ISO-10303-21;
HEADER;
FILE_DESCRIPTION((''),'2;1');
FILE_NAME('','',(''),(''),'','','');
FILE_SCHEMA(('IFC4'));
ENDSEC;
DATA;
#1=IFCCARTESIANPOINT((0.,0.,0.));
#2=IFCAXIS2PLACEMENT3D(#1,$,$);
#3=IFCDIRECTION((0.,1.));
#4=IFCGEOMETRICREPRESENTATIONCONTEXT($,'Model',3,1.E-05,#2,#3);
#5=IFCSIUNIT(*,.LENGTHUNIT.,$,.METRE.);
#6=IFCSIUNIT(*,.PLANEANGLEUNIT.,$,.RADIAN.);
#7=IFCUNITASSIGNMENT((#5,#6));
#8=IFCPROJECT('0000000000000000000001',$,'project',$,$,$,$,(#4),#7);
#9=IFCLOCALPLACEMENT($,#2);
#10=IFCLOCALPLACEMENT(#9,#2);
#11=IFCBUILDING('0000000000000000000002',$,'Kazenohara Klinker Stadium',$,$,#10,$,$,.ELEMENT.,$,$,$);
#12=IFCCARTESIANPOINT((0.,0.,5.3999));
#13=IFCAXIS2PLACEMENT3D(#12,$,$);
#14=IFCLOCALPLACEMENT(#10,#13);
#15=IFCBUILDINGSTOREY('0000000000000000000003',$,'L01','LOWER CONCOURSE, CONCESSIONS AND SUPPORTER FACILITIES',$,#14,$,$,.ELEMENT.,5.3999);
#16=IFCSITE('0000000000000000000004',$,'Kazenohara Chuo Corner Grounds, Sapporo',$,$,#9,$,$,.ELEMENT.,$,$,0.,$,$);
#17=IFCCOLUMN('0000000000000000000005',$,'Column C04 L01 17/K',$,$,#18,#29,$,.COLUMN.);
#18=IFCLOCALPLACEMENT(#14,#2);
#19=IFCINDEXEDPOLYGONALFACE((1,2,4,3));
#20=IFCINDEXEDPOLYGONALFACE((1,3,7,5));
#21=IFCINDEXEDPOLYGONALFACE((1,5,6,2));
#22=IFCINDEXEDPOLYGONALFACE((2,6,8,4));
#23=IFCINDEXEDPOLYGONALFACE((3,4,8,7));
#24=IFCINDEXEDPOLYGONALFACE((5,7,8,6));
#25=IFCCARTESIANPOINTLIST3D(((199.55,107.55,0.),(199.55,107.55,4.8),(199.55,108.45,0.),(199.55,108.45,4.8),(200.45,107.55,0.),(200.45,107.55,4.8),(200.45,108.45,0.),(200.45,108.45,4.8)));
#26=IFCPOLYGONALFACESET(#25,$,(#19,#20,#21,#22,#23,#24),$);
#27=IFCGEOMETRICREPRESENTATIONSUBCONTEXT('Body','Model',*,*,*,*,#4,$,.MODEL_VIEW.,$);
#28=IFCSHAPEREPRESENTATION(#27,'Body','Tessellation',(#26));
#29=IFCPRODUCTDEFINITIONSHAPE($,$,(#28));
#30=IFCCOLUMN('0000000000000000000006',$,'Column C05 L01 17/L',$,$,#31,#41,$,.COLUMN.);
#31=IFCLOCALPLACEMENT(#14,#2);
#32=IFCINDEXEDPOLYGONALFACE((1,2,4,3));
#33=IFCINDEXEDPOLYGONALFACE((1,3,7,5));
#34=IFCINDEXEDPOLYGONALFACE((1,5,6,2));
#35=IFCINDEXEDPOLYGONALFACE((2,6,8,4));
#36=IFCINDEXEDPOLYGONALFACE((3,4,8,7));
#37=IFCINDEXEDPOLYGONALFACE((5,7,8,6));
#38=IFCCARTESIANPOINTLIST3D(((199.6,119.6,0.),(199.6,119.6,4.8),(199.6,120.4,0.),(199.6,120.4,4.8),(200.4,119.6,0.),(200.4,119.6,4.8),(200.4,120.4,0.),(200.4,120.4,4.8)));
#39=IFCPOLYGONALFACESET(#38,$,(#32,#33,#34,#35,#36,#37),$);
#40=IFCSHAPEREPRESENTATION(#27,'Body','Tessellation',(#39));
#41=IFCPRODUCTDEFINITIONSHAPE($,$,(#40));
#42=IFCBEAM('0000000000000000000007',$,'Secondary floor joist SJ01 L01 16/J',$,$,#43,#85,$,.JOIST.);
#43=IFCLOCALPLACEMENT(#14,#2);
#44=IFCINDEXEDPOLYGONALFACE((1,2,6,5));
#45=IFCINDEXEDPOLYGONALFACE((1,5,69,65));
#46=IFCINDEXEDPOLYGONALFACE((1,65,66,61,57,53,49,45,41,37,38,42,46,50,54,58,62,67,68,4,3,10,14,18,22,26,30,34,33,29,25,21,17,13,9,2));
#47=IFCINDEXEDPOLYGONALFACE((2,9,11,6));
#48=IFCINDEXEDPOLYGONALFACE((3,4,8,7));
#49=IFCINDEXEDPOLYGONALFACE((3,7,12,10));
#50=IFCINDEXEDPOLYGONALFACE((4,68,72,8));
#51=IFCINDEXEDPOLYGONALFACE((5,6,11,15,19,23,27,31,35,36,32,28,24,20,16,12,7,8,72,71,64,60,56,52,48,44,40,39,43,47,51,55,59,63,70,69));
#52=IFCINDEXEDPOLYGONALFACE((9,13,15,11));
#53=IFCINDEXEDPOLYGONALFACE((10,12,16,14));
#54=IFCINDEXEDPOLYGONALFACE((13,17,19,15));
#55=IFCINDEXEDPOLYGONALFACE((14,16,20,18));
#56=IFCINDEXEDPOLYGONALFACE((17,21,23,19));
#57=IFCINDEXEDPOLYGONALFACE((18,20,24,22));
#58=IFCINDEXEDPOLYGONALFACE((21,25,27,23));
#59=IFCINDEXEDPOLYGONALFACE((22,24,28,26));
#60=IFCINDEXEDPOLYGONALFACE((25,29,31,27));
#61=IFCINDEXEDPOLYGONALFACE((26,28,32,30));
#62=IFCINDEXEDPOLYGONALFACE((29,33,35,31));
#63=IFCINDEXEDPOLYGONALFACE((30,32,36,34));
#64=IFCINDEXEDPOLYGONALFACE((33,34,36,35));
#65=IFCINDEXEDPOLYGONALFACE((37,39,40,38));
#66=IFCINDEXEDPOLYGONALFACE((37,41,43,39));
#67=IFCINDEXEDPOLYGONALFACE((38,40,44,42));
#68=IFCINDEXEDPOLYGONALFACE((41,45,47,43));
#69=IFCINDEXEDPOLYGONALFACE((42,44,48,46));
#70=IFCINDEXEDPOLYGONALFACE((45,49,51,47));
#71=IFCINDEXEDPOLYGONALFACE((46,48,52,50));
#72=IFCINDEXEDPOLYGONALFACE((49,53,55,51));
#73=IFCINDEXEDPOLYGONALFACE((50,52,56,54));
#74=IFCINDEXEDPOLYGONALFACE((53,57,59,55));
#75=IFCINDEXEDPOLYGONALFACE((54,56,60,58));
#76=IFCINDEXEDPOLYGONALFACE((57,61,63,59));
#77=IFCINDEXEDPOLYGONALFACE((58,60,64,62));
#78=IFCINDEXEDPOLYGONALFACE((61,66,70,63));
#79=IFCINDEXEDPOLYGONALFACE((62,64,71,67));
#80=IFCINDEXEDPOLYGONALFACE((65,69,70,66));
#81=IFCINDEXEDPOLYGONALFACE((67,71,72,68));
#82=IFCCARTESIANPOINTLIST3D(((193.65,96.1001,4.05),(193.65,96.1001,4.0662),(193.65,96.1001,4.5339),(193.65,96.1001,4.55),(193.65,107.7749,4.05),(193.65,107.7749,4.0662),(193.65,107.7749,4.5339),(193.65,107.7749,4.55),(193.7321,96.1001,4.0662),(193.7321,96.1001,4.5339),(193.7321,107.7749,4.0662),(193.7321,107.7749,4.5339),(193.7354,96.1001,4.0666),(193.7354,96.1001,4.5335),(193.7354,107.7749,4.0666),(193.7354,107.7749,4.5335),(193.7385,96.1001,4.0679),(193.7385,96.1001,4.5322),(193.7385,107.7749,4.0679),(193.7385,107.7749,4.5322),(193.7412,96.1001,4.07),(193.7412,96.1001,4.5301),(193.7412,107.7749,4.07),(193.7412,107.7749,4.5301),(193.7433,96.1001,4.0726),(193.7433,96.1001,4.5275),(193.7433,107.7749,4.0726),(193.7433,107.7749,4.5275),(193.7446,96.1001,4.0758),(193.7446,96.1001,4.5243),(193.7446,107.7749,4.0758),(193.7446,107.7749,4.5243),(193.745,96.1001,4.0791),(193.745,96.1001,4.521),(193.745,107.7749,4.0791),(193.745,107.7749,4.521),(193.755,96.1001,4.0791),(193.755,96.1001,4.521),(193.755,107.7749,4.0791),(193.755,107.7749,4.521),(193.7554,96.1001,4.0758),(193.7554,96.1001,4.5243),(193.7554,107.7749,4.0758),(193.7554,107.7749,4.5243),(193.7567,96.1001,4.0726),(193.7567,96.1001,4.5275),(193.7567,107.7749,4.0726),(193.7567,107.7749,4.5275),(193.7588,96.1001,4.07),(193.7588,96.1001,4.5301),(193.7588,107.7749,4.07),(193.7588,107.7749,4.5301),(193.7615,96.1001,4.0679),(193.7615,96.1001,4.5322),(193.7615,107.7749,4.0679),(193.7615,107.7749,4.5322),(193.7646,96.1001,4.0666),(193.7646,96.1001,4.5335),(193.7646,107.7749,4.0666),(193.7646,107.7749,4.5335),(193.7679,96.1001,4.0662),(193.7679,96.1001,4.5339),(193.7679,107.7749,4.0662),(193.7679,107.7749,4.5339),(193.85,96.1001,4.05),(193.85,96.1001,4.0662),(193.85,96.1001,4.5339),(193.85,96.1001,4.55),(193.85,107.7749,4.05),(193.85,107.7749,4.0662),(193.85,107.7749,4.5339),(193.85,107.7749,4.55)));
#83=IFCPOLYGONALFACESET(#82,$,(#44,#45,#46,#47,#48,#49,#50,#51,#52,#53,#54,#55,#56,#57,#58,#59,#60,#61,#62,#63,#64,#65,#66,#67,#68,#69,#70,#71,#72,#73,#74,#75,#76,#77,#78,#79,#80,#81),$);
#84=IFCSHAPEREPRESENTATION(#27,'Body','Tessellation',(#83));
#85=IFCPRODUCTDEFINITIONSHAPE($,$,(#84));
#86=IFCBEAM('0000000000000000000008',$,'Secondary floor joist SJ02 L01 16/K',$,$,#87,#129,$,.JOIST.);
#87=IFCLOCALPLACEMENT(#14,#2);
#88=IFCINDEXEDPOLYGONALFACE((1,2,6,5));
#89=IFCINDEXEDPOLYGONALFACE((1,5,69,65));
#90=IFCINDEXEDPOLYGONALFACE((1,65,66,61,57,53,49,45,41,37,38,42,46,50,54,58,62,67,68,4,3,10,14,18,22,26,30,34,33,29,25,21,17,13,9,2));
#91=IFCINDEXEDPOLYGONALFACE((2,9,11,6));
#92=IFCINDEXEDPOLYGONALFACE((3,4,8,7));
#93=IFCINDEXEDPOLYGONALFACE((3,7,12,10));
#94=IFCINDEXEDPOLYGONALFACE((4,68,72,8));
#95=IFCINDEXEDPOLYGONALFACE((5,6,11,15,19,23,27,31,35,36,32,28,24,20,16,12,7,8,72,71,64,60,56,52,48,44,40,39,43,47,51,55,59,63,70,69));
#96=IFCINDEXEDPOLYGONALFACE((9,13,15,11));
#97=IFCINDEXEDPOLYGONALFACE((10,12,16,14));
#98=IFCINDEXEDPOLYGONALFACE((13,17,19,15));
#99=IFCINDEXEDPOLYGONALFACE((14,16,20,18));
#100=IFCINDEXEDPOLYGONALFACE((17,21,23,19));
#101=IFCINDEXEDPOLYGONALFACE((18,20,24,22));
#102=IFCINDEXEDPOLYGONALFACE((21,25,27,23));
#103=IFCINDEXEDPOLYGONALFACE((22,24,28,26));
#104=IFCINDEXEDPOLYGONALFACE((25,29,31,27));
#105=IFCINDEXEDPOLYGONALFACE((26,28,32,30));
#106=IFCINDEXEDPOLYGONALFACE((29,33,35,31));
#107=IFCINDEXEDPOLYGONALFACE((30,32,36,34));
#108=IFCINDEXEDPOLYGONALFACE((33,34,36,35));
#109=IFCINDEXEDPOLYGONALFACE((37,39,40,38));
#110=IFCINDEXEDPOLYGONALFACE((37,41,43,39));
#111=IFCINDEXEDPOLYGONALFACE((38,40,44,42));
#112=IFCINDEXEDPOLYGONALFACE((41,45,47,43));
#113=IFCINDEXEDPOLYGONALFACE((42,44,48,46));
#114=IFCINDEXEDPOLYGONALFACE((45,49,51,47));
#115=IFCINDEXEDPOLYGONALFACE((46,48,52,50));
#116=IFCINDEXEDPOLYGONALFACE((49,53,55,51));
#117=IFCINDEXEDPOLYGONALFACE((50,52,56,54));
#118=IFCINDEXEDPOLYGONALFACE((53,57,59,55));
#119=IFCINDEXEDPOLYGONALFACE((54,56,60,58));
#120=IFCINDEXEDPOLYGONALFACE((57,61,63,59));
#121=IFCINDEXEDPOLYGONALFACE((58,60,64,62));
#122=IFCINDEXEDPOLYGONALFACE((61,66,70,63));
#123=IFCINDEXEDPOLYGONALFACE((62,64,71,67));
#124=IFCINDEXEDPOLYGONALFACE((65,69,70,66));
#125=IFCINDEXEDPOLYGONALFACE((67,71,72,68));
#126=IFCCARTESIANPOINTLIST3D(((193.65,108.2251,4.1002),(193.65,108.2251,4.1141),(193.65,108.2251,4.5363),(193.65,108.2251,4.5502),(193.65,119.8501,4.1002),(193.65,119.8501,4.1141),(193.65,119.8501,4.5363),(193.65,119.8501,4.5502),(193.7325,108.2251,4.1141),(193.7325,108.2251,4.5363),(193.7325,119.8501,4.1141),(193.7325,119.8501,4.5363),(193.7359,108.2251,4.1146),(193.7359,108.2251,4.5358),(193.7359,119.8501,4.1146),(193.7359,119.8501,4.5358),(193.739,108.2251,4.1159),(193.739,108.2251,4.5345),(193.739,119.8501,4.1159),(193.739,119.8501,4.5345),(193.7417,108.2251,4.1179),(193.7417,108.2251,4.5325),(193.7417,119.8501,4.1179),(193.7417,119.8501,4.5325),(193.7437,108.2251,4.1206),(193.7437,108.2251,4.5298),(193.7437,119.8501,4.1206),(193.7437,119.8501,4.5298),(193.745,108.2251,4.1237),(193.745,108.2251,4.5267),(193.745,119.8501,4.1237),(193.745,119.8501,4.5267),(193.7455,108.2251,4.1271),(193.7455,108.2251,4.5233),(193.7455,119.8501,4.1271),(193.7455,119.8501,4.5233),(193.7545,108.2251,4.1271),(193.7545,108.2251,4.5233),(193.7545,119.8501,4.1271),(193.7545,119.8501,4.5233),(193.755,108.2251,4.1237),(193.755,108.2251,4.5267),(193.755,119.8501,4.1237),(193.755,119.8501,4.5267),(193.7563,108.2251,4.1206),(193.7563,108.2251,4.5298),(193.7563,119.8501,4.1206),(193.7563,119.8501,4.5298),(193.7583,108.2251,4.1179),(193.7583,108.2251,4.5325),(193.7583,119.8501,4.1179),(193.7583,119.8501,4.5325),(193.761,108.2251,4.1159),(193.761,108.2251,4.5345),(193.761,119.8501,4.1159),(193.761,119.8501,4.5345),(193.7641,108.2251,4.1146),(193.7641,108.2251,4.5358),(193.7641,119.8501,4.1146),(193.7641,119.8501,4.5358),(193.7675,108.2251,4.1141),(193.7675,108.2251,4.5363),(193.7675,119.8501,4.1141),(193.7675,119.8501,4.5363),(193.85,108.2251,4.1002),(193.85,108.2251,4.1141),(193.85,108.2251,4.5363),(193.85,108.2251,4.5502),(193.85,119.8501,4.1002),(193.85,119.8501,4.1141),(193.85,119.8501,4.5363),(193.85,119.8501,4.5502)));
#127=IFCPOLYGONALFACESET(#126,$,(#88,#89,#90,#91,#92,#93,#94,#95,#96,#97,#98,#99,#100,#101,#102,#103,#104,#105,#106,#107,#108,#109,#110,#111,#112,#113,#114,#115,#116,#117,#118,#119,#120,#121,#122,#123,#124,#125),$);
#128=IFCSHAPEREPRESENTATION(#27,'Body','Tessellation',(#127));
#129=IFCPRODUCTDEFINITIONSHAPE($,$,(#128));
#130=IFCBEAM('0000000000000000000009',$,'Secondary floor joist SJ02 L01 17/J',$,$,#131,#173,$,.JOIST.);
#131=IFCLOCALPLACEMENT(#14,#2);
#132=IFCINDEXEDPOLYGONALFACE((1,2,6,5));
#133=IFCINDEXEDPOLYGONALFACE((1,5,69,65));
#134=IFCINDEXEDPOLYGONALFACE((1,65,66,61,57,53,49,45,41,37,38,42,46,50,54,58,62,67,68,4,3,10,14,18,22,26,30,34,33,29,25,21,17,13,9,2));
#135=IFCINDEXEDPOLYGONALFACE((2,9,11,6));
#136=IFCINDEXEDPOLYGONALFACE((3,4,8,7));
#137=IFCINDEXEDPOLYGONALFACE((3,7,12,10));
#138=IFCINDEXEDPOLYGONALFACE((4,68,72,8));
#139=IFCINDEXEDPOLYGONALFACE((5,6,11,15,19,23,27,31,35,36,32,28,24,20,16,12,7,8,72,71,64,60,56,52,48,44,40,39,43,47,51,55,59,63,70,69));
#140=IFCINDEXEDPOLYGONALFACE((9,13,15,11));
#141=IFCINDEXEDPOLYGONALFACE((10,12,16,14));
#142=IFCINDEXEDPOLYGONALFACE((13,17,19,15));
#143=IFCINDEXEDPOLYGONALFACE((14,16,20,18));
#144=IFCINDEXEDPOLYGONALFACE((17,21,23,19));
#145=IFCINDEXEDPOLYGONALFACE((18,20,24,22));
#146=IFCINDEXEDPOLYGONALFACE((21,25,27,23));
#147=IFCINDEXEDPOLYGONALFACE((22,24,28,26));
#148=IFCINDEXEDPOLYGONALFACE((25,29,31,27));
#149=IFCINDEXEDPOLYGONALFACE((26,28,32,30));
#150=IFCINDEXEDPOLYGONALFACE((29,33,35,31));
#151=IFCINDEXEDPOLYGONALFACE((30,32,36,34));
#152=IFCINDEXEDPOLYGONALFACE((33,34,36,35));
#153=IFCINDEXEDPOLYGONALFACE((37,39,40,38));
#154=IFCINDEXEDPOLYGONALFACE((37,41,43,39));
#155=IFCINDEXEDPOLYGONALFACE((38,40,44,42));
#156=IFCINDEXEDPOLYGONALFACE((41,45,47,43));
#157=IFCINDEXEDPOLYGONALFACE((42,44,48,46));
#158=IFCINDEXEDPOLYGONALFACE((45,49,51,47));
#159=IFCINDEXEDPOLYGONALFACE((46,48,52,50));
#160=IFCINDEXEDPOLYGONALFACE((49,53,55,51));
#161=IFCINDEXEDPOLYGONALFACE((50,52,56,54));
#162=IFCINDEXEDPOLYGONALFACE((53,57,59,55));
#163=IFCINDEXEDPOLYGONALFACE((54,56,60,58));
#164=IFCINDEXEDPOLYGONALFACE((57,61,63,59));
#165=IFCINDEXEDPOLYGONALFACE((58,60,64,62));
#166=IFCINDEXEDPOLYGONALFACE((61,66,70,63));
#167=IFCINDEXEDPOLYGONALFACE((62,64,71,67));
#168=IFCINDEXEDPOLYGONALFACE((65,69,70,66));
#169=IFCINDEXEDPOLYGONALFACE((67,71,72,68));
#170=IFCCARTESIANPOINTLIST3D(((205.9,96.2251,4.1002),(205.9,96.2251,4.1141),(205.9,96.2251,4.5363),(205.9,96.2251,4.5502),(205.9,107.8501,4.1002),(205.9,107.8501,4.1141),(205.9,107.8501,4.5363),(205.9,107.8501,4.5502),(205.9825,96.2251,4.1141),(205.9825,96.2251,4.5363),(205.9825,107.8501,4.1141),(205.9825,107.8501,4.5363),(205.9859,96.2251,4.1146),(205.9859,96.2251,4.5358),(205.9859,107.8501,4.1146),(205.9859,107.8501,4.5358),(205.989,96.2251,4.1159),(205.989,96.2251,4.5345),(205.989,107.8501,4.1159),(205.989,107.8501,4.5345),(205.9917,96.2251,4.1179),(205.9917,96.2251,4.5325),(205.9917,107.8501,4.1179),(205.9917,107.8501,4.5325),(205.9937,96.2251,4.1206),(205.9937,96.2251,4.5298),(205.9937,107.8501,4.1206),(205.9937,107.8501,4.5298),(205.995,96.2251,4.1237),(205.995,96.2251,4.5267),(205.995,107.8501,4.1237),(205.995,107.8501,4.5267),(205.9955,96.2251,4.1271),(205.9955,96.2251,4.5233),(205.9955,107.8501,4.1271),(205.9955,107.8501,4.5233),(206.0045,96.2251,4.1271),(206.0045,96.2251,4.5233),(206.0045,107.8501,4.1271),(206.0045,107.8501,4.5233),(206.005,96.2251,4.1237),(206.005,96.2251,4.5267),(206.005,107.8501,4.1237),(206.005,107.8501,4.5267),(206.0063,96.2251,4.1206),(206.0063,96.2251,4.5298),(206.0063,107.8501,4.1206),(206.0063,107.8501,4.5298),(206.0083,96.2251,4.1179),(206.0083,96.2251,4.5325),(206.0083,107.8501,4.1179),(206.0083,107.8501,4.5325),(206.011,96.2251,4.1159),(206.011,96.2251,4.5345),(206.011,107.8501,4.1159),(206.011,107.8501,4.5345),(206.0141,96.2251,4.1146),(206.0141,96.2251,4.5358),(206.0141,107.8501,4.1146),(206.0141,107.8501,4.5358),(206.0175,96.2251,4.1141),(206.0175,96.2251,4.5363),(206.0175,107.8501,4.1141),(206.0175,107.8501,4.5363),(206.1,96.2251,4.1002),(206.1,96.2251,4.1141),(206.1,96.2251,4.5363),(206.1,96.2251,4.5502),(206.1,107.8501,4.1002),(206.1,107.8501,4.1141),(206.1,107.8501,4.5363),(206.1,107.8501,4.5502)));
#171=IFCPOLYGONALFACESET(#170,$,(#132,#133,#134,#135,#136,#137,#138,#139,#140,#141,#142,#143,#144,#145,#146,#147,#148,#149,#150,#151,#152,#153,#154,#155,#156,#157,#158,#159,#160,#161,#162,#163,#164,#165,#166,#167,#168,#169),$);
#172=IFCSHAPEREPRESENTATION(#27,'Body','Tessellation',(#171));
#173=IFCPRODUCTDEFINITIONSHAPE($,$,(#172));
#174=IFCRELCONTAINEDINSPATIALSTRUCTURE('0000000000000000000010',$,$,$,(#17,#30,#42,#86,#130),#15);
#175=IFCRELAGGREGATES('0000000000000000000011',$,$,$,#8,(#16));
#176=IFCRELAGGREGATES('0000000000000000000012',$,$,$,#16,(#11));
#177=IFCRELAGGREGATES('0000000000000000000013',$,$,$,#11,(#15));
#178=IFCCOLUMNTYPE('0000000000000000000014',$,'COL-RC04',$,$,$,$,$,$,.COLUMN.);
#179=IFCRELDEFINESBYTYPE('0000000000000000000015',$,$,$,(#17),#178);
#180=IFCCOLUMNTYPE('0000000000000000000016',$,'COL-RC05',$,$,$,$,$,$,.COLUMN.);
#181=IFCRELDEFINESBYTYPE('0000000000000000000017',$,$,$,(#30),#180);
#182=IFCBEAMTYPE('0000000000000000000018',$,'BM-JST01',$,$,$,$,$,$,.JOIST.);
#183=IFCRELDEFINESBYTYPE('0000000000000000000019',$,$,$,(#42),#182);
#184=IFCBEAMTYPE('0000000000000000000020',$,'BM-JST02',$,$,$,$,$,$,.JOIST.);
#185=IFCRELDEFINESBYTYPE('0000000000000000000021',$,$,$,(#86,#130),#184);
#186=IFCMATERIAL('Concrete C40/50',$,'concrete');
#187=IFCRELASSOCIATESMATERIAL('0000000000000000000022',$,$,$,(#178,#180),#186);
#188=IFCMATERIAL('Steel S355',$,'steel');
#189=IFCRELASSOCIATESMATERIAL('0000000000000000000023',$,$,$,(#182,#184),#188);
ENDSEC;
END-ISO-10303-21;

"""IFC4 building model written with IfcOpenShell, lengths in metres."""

from ifc_helpers import new_model, si_unit, direction, frame, origin, origin_2d, place, context, subcontext, project, spatial, rectangle, i_section, extrude, material, material_profile, profile_set, type_object, element, save


model = new_model("IFC4")

# Units and contexts
model_context = context("Model", 3, precision=1e-05, world=origin(), true_north=direction((0.0, 1.0)))
body_context = subcontext(model_context, "Body", "Model", "MODEL_VIEW")
ifc_project = project(units=[si_unit("LENGTHUNIT", "METRE"), si_unit("PLANEANGLEUNIT", "RADIAN")], contexts=[model_context])

# Site, building, storey
site_placement = place(None, origin())
site = spatial("IfcSite", under=ifc_project, at=site_placement, Name="Kazenohara Chuo Corner Grounds, Sapporo", CompositionType="ELEMENT", RefElevation=0.0)
building_placement = place(site_placement, origin())
building = spatial("IfcBuilding", under=site, at=building_placement, Name="Kazenohara Klinker Stadium", CompositionType="ELEMENT")
storey_placement = place(building_placement, frame((0.0, 0.0, 5.3999)))
storey = spatial("IfcBuildingStorey", under=building, at=storey_placement, Name="L01", Description="LOWER CONCOURSE, CONCESSIONS AND SUPPORTER FACILITIES", CompositionType="ELEMENT", Elevation=5.3999)

# Columns
ifc_material_1 = material(Name="Concrete C40/50", Category="concrete")
ifc_material_profile_1 = material_profile(ifc_material_1, rectangle(XDim=0.8999, YDim=0.8999, at=origin_2d()), Name="RC-COL-900x900")
ifc_profile_set_1 = profile_set([ifc_material_profile_1], Name="Concrete C40/50")
column_type_1 = type_object("IfcColumnType", Name="COL-RC04", PredefinedType="COLUMN", material=ifc_profile_set_1)
column_1_placement = place(storey_placement, frame((200.0, 108.0, 0.0), z_axis=(0.0, 0.0, 1.0), x_axis=(1.0, 0.0, 0.0)))
element("IfcColumn", 1, at=column_1_placement, inside=storey, type_object=column_type_1, Name="Column C04 L01 17/K", PredefinedType="COLUMN", context=body_context, shape_type="SweptSolid", body=[
    extrude(rectangle(XDim=0.8999, YDim=0.8999, at=origin_2d()), origin(), (0.0, 0.0, 1.0), 4.8),
])
ifc_material_profile_2 = material_profile(ifc_material_1, rectangle(XDim=0.8, YDim=0.8, at=origin_2d()), Name="RC-COL-800x800")
ifc_profile_set_2 = profile_set([ifc_material_profile_2], Name="Concrete C40/50")
column_type_2 = type_object("IfcColumnType", Name="COL-RC05", PredefinedType="COLUMN", material=ifc_profile_set_2)
column_2_placement = place(storey_placement, frame((200.0, 120.0, 0.0), z_axis=(0.0, 0.0, 1.0), x_axis=(1.0, 0.0, 0.0)))
element("IfcColumn", 2, at=column_2_placement, inside=storey, type_object=column_type_2, Name="Column C05 L01 17/L", PredefinedType="COLUMN", context=body_context, shape_type="SweptSolid", body=[
    extrude(rectangle(XDim=0.8, YDim=0.8, at=origin_2d()), origin(), (0.0, 0.0, 1.0), 4.8),
])

# Beams
ifc_material_2 = material(Name="Steel S355", Category="steel")
ifc_material_profile_3 = material_profile(ifc_material_2, i_section(OverallWidth=0.2, OverallDepth=0.5, WebThickness=0.01, FlangeThickness=0.0161, FilletRadius=0.0129, at=origin_2d()), Name="H-500x200x10x16")
ifc_profile_set_3 = profile_set([ifc_material_profile_3], Name="Steel S355")
beam_type_1 = type_object("IfcBeamType", Name="BM-JST01", PredefinedType="JOIST", material=ifc_profile_set_3)
beam_1_placement = place(storey_placement, frame((193.75, 96.1001, 4.3), z_axis=(0.0, 1.0, 0.0), x_axis=(-1.0, 0.0, 0.0)))
element("IfcBeam", 3, at=beam_1_placement, inside=storey, type_object=beam_type_1, Name="Secondary floor joist SJ01 L01 16/J", PredefinedType="JOIST", context=body_context, shape_type="SweptSolid", body=[
    extrude(i_section(OverallWidth=0.2, OverallDepth=0.5, WebThickness=0.01, FlangeThickness=0.0161, FilletRadius=0.0129, at=origin_2d()), origin(), (0.0, 0.0, 1.0), 11.6748),
])
ifc_material_profile_4 = material_profile(ifc_material_2, i_section(OverallWidth=0.2, OverallDepth=0.45, WebThickness=0.009, FlangeThickness=0.0139, FilletRadius=0.0129, at=origin_2d()), Name="H-450x200x9x14")
ifc_profile_set_4 = profile_set([ifc_material_profile_4], Name="Steel S355")
beam_type_2 = type_object("IfcBeamType", Name="BM-JST02", PredefinedType="JOIST", material=ifc_profile_set_4)
for number, where, z_axis, x_axis, name in (
    (4, (193.75, 108.2251, 4.3252), (0.0, 1.0, 0.0), (-1.0, 0.0, 0.0), "Secondary floor joist SJ02 L01 16/K"),
    (5, (206.0, 96.2251, 4.3252), (0.0, 1.0, 0.0), (-1.0, 0.0, 0.0), "Secondary floor joist SJ02 L01 17/J"),
):
    element("IfcBeam", number, at=place(storey_placement, frame(where, z_axis=z_axis, x_axis=x_axis)), inside=storey, type_object=beam_type_2, Name=name, PredefinedType="JOIST", context=body_context, shape_type="SweptSolid", body=[
        extrude(i_section(OverallWidth=0.2, OverallDepth=0.45, WebThickness=0.009, FlangeThickness=0.0139, FilletRadius=0.0129, at=origin_2d()), origin(), (0.0, 0.0, 1.0), 11.625),
    ])

save(model, "model.ifc")
